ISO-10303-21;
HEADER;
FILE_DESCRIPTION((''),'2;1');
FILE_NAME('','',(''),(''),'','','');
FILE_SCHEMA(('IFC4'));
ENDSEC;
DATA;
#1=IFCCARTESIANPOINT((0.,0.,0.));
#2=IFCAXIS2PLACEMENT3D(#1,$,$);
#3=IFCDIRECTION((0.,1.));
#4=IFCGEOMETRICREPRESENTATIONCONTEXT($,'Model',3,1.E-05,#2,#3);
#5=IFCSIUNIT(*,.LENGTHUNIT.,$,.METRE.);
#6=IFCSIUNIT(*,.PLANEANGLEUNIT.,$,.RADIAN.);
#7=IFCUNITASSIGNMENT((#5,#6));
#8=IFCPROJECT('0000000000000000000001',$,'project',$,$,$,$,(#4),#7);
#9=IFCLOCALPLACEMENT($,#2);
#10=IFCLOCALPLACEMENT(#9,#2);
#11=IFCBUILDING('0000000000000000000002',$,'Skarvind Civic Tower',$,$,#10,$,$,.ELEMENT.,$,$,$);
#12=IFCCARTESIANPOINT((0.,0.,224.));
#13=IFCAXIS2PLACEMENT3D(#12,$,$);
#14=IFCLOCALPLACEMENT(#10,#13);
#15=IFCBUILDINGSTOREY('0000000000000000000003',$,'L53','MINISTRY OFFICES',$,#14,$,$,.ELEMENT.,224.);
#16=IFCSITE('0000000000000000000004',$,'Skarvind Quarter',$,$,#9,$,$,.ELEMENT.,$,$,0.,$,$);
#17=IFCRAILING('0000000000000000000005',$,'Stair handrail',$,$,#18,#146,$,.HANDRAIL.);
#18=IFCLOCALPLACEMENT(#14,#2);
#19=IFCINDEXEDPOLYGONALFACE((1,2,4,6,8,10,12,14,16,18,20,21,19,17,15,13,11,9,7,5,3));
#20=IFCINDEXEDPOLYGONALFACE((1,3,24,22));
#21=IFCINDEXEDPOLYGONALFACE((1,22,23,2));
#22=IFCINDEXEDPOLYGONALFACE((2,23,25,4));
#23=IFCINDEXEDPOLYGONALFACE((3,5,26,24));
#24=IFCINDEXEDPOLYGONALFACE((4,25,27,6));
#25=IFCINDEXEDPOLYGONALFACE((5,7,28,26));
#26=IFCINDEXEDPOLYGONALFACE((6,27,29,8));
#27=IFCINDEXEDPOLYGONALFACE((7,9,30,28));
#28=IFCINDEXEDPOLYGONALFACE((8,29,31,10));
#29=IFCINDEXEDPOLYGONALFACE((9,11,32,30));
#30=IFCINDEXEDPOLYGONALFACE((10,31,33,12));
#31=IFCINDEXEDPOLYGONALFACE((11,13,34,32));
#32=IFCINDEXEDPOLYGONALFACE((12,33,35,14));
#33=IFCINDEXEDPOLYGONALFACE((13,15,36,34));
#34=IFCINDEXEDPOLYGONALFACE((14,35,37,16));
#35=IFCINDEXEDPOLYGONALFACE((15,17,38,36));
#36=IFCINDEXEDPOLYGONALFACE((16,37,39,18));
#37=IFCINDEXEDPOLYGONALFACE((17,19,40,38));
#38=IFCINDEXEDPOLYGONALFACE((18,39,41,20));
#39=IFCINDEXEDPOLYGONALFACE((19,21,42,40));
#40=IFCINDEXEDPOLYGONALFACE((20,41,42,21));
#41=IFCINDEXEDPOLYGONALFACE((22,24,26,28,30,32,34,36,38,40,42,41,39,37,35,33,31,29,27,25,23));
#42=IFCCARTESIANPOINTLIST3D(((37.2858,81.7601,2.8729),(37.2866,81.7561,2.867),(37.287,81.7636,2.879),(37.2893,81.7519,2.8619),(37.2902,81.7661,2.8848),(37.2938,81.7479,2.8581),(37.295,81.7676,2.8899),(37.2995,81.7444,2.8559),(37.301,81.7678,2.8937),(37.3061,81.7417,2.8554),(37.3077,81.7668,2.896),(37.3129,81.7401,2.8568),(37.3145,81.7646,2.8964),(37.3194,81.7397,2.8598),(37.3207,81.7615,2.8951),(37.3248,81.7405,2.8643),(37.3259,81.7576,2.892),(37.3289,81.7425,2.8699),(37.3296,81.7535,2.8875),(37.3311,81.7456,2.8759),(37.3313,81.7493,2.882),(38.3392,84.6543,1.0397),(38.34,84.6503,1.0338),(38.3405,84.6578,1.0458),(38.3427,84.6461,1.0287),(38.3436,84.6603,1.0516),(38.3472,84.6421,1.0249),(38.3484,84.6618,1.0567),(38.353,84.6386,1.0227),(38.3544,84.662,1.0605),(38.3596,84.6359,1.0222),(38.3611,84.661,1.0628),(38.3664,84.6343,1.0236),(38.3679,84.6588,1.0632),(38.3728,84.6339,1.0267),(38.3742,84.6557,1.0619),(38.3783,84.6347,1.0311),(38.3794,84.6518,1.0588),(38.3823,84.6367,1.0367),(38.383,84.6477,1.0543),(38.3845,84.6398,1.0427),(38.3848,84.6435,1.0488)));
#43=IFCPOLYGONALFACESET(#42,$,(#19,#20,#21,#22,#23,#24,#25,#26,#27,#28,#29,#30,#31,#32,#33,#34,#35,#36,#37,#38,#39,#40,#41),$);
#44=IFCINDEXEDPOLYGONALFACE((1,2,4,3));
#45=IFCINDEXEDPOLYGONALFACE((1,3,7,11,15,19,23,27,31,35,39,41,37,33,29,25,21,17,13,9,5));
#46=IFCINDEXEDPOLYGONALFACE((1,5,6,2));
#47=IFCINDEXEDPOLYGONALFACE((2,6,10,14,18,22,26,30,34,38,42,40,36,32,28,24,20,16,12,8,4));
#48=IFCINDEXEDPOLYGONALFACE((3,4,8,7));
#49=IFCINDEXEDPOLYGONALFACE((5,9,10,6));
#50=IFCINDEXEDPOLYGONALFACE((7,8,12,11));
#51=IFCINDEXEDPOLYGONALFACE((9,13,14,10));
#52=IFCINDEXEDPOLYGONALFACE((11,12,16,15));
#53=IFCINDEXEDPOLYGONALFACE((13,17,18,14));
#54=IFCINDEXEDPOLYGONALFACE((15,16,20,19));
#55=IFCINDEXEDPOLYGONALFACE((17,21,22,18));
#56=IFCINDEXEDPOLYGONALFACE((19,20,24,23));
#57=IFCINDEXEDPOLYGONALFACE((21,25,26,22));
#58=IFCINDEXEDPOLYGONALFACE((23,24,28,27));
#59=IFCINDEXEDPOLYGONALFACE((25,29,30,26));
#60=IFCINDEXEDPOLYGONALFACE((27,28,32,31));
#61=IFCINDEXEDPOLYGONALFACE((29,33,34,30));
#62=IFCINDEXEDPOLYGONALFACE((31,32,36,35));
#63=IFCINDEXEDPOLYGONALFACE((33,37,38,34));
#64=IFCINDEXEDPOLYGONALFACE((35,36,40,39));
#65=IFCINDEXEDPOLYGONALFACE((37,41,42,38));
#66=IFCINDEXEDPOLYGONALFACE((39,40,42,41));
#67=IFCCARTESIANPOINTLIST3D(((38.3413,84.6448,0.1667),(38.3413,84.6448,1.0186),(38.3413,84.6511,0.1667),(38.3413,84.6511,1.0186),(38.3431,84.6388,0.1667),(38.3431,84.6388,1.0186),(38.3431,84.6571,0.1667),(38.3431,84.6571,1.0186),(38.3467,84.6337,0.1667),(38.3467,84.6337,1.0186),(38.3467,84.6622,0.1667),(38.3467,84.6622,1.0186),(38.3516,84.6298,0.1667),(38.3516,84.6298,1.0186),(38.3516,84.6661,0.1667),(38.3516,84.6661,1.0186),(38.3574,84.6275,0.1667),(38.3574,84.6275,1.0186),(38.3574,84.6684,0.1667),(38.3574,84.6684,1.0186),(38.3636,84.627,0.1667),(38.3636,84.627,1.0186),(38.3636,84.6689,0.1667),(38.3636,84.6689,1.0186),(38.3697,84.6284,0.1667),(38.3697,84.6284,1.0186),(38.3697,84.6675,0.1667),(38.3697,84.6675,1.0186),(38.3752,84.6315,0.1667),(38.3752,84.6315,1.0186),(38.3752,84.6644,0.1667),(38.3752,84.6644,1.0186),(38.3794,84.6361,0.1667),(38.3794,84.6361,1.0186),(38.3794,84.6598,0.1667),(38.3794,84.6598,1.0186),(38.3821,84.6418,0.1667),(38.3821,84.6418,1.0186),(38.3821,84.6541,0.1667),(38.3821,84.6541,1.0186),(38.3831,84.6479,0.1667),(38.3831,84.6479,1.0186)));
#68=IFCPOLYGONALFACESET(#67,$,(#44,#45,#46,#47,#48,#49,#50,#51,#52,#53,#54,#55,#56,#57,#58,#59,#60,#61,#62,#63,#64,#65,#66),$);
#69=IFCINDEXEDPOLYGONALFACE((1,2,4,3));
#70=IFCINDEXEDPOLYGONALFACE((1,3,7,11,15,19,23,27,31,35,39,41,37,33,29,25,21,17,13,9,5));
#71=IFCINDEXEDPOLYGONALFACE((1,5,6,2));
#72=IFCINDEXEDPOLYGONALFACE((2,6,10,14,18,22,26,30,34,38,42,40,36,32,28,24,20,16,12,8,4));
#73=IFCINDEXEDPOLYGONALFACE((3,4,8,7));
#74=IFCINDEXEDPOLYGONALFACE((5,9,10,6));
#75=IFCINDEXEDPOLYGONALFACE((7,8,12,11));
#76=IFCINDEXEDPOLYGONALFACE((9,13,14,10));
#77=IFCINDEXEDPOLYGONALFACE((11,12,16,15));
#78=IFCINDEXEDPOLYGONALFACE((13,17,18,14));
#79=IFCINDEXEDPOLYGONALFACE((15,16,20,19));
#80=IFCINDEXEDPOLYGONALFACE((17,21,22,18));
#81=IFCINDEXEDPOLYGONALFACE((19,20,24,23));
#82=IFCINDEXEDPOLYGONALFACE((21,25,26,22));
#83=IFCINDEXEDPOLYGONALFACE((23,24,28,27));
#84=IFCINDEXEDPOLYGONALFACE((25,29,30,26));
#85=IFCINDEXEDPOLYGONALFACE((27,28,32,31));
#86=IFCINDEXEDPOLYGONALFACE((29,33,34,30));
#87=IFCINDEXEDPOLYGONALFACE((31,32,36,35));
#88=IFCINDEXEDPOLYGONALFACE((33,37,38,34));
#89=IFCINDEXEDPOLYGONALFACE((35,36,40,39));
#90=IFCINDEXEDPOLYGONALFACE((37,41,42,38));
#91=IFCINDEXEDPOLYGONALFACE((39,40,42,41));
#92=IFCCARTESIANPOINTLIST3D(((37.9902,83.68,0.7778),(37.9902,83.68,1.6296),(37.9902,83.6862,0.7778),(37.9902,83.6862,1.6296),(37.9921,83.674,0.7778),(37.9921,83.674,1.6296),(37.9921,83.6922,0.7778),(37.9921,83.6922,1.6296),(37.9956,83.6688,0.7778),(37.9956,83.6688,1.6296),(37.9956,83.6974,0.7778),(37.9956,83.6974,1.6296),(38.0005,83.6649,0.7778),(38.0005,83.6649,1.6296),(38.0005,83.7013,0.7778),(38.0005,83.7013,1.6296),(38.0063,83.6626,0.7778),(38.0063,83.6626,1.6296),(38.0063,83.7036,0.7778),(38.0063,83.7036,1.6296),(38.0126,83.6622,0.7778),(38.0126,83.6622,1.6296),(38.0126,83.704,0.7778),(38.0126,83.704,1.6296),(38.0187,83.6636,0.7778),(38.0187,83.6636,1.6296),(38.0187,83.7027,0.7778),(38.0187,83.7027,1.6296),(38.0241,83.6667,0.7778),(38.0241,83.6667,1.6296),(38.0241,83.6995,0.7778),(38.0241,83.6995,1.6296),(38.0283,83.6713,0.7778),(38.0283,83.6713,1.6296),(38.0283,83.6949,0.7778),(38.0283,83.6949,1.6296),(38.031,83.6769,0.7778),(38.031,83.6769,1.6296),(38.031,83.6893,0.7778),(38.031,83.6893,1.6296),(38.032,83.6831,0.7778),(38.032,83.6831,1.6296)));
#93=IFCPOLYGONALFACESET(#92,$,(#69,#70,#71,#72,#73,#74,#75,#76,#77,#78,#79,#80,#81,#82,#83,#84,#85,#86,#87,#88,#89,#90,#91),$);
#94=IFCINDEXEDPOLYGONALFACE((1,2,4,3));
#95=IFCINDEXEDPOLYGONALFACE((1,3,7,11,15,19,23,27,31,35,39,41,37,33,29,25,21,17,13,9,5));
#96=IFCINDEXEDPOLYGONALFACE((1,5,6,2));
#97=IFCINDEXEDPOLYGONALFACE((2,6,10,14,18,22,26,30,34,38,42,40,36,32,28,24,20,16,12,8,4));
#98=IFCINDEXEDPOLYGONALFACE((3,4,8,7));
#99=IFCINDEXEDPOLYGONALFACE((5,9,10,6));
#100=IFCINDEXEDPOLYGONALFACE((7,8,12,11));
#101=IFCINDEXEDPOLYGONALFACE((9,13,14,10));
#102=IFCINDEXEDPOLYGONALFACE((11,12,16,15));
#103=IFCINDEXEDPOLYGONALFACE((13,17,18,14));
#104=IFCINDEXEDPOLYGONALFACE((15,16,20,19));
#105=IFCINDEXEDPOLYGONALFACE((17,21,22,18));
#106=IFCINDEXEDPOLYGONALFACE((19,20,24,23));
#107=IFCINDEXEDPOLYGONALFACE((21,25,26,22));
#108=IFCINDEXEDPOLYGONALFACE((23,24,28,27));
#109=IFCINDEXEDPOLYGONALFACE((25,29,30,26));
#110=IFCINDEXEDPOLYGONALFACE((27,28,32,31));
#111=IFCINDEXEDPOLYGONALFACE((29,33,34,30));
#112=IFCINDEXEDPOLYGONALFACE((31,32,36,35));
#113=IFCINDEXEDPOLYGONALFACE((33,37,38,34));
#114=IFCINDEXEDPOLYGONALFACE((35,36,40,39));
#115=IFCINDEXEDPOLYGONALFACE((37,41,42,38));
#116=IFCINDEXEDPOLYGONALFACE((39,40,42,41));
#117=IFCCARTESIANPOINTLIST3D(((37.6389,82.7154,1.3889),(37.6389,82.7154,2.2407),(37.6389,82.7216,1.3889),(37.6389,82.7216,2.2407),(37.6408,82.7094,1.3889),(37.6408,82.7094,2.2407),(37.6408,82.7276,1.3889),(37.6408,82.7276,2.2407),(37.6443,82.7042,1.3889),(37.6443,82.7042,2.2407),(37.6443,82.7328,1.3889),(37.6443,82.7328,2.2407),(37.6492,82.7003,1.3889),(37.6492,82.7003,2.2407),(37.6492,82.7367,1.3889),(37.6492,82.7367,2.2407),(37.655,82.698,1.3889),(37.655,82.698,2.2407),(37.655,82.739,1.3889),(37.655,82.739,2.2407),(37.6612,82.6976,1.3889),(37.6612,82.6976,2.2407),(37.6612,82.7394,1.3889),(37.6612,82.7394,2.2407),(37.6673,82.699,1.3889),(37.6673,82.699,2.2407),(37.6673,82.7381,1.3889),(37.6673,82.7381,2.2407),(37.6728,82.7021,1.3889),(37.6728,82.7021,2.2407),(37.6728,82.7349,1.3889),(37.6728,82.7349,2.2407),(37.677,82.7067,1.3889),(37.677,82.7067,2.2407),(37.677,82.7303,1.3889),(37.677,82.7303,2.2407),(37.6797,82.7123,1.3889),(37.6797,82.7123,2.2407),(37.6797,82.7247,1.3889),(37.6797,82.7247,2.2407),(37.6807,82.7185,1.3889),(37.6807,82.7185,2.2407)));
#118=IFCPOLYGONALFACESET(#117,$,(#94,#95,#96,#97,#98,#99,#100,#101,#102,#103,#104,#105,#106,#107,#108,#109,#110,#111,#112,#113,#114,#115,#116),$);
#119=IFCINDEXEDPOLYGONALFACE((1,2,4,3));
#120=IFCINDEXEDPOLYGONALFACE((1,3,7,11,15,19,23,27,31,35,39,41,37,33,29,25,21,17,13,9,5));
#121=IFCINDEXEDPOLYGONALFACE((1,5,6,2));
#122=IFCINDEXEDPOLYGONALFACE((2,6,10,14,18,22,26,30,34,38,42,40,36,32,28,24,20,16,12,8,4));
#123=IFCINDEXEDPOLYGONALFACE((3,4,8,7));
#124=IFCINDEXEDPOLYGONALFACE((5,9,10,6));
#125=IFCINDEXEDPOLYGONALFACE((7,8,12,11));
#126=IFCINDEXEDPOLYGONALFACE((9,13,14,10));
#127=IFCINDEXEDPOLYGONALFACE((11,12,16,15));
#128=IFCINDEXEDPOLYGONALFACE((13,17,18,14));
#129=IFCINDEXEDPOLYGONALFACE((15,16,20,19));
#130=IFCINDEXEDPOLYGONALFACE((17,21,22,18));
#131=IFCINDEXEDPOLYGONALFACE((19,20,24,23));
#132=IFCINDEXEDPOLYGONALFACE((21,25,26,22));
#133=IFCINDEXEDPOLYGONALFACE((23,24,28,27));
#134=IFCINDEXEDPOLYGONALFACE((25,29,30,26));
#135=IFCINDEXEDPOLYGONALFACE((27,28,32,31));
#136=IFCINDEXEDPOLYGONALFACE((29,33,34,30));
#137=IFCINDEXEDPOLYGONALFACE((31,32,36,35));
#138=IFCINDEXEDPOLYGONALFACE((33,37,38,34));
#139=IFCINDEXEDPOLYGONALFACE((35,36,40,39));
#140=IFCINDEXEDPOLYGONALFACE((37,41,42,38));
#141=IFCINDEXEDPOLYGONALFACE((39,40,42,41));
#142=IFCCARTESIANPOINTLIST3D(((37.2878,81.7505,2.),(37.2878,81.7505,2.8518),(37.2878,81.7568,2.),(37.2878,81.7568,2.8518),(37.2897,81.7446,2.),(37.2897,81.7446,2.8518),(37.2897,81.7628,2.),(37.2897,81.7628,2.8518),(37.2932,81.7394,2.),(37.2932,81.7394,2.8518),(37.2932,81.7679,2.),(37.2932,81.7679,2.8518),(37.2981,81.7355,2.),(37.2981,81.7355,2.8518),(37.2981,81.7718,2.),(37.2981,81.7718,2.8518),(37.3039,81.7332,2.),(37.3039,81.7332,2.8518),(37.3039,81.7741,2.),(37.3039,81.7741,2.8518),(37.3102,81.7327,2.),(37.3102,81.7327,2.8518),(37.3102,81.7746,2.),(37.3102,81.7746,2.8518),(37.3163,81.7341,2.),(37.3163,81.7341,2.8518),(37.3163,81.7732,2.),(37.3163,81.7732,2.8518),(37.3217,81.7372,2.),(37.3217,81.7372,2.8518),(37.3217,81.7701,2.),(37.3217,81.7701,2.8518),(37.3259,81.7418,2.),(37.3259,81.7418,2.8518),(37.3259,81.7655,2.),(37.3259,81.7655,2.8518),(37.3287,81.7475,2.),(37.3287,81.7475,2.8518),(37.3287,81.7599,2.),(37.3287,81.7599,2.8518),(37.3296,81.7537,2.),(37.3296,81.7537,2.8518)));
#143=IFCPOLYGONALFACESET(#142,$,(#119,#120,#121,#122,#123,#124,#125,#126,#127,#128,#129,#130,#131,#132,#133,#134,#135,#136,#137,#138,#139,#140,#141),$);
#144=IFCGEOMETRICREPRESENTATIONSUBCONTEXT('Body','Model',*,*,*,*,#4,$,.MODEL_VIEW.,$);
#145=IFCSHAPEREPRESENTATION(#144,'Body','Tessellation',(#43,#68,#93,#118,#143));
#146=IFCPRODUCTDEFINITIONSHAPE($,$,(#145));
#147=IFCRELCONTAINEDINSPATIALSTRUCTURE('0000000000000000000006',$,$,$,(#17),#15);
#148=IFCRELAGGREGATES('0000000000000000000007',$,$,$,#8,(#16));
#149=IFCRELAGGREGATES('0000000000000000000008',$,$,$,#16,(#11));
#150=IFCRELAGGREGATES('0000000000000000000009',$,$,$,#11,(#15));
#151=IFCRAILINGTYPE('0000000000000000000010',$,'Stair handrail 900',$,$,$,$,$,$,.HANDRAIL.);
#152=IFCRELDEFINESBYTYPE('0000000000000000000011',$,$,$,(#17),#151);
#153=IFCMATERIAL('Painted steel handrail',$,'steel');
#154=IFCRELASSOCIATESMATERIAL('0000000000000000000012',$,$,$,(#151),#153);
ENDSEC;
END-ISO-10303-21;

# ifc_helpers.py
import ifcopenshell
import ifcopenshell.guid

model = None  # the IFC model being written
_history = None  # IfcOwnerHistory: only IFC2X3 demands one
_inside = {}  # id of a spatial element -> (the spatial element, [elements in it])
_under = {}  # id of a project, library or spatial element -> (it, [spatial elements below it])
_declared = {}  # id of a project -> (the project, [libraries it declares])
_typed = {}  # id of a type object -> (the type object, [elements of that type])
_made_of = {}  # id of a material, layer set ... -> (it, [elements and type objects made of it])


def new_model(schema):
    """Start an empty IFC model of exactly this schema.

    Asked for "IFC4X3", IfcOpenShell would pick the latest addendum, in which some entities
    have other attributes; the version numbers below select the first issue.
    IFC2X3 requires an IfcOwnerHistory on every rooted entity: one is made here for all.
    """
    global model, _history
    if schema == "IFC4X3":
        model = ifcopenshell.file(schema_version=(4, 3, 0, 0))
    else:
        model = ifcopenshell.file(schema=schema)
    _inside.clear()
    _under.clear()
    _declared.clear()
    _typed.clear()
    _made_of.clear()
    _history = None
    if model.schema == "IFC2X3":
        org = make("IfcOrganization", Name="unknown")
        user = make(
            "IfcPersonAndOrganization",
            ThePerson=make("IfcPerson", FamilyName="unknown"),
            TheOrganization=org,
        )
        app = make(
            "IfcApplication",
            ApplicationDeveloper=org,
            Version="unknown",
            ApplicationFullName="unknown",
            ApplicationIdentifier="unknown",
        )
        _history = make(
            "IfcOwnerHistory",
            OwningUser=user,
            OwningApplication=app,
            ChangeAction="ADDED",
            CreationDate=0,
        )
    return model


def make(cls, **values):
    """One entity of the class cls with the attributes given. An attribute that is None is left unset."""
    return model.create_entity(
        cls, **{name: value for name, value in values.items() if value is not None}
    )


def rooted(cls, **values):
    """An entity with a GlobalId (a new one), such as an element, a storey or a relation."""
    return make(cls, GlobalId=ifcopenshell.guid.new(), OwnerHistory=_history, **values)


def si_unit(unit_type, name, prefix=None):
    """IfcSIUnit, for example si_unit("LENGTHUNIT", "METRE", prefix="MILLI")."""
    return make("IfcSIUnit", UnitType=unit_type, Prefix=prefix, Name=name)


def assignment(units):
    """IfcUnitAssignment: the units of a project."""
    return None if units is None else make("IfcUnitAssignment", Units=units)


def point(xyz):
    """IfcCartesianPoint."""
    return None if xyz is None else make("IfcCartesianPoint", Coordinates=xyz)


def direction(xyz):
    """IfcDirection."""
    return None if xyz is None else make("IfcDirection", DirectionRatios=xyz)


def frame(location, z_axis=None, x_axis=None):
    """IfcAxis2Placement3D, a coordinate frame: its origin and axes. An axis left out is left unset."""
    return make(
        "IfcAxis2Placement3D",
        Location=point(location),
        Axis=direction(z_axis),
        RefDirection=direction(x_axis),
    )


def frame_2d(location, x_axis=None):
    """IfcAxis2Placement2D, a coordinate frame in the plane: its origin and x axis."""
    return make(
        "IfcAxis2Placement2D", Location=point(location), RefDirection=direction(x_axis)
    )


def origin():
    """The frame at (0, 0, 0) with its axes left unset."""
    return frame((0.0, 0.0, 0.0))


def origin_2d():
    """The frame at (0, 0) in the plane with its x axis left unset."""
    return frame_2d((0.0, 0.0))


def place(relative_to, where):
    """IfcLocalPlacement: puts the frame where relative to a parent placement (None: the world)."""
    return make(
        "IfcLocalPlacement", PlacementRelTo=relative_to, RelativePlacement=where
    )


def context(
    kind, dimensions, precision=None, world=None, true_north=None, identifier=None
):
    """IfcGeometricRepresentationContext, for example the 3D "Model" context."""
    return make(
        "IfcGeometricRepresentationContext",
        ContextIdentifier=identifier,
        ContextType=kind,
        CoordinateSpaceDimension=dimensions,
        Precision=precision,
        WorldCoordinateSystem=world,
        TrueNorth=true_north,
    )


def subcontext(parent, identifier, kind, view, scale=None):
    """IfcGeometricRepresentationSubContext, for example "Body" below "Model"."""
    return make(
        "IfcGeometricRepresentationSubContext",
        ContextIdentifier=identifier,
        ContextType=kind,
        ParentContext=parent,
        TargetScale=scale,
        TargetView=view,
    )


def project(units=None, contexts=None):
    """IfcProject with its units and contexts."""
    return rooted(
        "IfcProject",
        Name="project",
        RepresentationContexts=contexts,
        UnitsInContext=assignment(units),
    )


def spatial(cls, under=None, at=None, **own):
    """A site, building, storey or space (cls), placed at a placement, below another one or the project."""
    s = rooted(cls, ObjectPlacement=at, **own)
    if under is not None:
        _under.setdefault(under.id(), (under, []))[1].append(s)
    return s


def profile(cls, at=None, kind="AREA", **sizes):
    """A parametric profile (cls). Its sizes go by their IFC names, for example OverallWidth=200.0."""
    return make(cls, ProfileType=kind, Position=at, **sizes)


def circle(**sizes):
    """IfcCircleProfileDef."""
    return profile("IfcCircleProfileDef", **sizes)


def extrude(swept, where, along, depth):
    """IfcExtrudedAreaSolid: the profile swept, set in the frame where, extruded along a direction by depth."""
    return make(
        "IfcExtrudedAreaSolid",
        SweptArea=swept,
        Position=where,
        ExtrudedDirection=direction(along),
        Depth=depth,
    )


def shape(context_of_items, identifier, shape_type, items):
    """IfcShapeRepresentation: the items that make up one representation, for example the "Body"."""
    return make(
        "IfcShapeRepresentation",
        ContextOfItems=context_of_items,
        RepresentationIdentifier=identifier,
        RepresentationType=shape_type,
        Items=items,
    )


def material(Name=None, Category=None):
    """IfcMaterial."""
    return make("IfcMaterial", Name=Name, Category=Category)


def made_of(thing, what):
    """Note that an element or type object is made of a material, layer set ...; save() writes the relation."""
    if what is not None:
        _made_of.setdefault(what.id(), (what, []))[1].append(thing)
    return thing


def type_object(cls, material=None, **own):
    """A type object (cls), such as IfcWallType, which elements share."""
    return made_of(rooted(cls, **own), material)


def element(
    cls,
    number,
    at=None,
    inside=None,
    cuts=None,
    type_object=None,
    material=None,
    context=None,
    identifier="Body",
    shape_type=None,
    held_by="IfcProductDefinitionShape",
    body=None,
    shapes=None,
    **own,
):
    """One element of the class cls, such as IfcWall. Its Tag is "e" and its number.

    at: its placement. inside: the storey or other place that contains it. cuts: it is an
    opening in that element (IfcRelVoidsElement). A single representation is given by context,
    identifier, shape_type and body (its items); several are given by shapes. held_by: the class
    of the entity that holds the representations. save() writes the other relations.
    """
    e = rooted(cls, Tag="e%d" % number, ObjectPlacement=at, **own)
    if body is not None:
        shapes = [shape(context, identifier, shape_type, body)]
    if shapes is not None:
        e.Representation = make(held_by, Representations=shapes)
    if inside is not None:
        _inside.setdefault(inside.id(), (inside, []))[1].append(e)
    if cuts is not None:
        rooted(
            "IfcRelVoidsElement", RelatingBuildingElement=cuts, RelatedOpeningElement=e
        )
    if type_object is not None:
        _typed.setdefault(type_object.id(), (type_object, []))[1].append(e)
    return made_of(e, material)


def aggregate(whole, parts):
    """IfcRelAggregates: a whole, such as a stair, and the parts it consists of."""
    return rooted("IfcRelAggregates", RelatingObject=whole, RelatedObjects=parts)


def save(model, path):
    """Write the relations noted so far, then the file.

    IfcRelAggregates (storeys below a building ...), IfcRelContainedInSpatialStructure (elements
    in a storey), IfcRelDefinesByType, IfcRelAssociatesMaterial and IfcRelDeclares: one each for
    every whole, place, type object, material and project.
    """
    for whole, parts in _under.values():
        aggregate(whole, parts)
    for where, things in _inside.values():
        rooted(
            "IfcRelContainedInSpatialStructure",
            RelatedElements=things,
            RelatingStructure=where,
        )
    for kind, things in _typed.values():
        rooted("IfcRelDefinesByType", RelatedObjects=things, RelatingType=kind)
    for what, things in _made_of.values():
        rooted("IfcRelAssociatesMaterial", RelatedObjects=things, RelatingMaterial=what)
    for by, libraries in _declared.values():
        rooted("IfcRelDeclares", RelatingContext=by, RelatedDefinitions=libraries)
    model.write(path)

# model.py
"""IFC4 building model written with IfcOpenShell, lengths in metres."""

from ifc_helpers import new_model, si_unit, direction, frame, origin, origin_2d, place, context, subcontext, project, spatial, circle, extrude, material, type_object, element, save


model = new_model("IFC4")

# Units and contexts
model_context = context("Model", 3, precision=1e-05, world=origin(), true_north=direction((0.0, 1.0)))
body_context = subcontext(model_context, "Body", "Model", "MODEL_VIEW")
ifc_project = project(units=[si_unit("LENGTHUNIT", "METRE"), si_unit("PLANEANGLEUNIT", "RADIAN")], contexts=[model_context])

# Site, building, storey
site_placement = place(None, origin())
site = spatial("IfcSite", under=ifc_project, at=site_placement, Name="Skarvind Quarter", CompositionType="ELEMENT", RefElevation=0.0)
building_placement = place(site_placement, origin())
building = spatial("IfcBuilding", under=site, at=building_placement, Name="Skarvind Civic Tower", CompositionType="ELEMENT")
storey_placement = place(building_placement, frame((0.0, 0.0, 224.0)))
storey = spatial("IfcBuildingStorey", under=building, at=storey_placement, Name="L53", Description="MINISTRY OFFICES", CompositionType="ELEMENT", Elevation=224.0)

# Railing
ifc_material_1 = material(Name="Painted steel handrail", Category="steel")
railing_type = type_object("IfcRailingType", Name="Stair handrail 900", PredefinedType="HANDRAIL", material=ifc_material_1)
railing_1_placement = place(storey_placement, frame((38.3621, 84.6479, 0.1667)))
element("IfcRailing", 1, at=railing_1_placement, inside=storey, type_object=railing_type, Name="Stair handrail", PredefinedType="HANDRAIL", context=body_context, shape_type="SweptSolid", body=[
    extrude(circle(Radius=0.0239, at=origin_2d()), frame((0.0, 0.0, 0.876), z_axis=(-0.293908, -0.807481, 0.511461), x_axis=(0.939689, -0.342029, 0.0)), (0.0, 0.0, 1.0), 3.5842),
    extrude(circle(Radius=0.021, at=origin_2d()), origin(), (0.0, 0.0, 1.0), 0.8518),
    extrude(circle(Radius=0.021, at=origin_2d()), frame((-0.3511, -0.9648, 0.6111)), (0.0, 0.0, 1.0), 0.8518),
    extrude(circle(Radius=0.021, at=origin_2d()), frame((-0.7024, -1.9294, 1.2222)), (0.0, 0.0, 1.0), 0.8518),
    extrude(circle(Radius=0.021, at=origin_2d()), frame((-1.0535, -2.8943, 1.8333)), (0.0, 0.0, 1.0), 0.8518),
])

save(model, "model.ifc")
